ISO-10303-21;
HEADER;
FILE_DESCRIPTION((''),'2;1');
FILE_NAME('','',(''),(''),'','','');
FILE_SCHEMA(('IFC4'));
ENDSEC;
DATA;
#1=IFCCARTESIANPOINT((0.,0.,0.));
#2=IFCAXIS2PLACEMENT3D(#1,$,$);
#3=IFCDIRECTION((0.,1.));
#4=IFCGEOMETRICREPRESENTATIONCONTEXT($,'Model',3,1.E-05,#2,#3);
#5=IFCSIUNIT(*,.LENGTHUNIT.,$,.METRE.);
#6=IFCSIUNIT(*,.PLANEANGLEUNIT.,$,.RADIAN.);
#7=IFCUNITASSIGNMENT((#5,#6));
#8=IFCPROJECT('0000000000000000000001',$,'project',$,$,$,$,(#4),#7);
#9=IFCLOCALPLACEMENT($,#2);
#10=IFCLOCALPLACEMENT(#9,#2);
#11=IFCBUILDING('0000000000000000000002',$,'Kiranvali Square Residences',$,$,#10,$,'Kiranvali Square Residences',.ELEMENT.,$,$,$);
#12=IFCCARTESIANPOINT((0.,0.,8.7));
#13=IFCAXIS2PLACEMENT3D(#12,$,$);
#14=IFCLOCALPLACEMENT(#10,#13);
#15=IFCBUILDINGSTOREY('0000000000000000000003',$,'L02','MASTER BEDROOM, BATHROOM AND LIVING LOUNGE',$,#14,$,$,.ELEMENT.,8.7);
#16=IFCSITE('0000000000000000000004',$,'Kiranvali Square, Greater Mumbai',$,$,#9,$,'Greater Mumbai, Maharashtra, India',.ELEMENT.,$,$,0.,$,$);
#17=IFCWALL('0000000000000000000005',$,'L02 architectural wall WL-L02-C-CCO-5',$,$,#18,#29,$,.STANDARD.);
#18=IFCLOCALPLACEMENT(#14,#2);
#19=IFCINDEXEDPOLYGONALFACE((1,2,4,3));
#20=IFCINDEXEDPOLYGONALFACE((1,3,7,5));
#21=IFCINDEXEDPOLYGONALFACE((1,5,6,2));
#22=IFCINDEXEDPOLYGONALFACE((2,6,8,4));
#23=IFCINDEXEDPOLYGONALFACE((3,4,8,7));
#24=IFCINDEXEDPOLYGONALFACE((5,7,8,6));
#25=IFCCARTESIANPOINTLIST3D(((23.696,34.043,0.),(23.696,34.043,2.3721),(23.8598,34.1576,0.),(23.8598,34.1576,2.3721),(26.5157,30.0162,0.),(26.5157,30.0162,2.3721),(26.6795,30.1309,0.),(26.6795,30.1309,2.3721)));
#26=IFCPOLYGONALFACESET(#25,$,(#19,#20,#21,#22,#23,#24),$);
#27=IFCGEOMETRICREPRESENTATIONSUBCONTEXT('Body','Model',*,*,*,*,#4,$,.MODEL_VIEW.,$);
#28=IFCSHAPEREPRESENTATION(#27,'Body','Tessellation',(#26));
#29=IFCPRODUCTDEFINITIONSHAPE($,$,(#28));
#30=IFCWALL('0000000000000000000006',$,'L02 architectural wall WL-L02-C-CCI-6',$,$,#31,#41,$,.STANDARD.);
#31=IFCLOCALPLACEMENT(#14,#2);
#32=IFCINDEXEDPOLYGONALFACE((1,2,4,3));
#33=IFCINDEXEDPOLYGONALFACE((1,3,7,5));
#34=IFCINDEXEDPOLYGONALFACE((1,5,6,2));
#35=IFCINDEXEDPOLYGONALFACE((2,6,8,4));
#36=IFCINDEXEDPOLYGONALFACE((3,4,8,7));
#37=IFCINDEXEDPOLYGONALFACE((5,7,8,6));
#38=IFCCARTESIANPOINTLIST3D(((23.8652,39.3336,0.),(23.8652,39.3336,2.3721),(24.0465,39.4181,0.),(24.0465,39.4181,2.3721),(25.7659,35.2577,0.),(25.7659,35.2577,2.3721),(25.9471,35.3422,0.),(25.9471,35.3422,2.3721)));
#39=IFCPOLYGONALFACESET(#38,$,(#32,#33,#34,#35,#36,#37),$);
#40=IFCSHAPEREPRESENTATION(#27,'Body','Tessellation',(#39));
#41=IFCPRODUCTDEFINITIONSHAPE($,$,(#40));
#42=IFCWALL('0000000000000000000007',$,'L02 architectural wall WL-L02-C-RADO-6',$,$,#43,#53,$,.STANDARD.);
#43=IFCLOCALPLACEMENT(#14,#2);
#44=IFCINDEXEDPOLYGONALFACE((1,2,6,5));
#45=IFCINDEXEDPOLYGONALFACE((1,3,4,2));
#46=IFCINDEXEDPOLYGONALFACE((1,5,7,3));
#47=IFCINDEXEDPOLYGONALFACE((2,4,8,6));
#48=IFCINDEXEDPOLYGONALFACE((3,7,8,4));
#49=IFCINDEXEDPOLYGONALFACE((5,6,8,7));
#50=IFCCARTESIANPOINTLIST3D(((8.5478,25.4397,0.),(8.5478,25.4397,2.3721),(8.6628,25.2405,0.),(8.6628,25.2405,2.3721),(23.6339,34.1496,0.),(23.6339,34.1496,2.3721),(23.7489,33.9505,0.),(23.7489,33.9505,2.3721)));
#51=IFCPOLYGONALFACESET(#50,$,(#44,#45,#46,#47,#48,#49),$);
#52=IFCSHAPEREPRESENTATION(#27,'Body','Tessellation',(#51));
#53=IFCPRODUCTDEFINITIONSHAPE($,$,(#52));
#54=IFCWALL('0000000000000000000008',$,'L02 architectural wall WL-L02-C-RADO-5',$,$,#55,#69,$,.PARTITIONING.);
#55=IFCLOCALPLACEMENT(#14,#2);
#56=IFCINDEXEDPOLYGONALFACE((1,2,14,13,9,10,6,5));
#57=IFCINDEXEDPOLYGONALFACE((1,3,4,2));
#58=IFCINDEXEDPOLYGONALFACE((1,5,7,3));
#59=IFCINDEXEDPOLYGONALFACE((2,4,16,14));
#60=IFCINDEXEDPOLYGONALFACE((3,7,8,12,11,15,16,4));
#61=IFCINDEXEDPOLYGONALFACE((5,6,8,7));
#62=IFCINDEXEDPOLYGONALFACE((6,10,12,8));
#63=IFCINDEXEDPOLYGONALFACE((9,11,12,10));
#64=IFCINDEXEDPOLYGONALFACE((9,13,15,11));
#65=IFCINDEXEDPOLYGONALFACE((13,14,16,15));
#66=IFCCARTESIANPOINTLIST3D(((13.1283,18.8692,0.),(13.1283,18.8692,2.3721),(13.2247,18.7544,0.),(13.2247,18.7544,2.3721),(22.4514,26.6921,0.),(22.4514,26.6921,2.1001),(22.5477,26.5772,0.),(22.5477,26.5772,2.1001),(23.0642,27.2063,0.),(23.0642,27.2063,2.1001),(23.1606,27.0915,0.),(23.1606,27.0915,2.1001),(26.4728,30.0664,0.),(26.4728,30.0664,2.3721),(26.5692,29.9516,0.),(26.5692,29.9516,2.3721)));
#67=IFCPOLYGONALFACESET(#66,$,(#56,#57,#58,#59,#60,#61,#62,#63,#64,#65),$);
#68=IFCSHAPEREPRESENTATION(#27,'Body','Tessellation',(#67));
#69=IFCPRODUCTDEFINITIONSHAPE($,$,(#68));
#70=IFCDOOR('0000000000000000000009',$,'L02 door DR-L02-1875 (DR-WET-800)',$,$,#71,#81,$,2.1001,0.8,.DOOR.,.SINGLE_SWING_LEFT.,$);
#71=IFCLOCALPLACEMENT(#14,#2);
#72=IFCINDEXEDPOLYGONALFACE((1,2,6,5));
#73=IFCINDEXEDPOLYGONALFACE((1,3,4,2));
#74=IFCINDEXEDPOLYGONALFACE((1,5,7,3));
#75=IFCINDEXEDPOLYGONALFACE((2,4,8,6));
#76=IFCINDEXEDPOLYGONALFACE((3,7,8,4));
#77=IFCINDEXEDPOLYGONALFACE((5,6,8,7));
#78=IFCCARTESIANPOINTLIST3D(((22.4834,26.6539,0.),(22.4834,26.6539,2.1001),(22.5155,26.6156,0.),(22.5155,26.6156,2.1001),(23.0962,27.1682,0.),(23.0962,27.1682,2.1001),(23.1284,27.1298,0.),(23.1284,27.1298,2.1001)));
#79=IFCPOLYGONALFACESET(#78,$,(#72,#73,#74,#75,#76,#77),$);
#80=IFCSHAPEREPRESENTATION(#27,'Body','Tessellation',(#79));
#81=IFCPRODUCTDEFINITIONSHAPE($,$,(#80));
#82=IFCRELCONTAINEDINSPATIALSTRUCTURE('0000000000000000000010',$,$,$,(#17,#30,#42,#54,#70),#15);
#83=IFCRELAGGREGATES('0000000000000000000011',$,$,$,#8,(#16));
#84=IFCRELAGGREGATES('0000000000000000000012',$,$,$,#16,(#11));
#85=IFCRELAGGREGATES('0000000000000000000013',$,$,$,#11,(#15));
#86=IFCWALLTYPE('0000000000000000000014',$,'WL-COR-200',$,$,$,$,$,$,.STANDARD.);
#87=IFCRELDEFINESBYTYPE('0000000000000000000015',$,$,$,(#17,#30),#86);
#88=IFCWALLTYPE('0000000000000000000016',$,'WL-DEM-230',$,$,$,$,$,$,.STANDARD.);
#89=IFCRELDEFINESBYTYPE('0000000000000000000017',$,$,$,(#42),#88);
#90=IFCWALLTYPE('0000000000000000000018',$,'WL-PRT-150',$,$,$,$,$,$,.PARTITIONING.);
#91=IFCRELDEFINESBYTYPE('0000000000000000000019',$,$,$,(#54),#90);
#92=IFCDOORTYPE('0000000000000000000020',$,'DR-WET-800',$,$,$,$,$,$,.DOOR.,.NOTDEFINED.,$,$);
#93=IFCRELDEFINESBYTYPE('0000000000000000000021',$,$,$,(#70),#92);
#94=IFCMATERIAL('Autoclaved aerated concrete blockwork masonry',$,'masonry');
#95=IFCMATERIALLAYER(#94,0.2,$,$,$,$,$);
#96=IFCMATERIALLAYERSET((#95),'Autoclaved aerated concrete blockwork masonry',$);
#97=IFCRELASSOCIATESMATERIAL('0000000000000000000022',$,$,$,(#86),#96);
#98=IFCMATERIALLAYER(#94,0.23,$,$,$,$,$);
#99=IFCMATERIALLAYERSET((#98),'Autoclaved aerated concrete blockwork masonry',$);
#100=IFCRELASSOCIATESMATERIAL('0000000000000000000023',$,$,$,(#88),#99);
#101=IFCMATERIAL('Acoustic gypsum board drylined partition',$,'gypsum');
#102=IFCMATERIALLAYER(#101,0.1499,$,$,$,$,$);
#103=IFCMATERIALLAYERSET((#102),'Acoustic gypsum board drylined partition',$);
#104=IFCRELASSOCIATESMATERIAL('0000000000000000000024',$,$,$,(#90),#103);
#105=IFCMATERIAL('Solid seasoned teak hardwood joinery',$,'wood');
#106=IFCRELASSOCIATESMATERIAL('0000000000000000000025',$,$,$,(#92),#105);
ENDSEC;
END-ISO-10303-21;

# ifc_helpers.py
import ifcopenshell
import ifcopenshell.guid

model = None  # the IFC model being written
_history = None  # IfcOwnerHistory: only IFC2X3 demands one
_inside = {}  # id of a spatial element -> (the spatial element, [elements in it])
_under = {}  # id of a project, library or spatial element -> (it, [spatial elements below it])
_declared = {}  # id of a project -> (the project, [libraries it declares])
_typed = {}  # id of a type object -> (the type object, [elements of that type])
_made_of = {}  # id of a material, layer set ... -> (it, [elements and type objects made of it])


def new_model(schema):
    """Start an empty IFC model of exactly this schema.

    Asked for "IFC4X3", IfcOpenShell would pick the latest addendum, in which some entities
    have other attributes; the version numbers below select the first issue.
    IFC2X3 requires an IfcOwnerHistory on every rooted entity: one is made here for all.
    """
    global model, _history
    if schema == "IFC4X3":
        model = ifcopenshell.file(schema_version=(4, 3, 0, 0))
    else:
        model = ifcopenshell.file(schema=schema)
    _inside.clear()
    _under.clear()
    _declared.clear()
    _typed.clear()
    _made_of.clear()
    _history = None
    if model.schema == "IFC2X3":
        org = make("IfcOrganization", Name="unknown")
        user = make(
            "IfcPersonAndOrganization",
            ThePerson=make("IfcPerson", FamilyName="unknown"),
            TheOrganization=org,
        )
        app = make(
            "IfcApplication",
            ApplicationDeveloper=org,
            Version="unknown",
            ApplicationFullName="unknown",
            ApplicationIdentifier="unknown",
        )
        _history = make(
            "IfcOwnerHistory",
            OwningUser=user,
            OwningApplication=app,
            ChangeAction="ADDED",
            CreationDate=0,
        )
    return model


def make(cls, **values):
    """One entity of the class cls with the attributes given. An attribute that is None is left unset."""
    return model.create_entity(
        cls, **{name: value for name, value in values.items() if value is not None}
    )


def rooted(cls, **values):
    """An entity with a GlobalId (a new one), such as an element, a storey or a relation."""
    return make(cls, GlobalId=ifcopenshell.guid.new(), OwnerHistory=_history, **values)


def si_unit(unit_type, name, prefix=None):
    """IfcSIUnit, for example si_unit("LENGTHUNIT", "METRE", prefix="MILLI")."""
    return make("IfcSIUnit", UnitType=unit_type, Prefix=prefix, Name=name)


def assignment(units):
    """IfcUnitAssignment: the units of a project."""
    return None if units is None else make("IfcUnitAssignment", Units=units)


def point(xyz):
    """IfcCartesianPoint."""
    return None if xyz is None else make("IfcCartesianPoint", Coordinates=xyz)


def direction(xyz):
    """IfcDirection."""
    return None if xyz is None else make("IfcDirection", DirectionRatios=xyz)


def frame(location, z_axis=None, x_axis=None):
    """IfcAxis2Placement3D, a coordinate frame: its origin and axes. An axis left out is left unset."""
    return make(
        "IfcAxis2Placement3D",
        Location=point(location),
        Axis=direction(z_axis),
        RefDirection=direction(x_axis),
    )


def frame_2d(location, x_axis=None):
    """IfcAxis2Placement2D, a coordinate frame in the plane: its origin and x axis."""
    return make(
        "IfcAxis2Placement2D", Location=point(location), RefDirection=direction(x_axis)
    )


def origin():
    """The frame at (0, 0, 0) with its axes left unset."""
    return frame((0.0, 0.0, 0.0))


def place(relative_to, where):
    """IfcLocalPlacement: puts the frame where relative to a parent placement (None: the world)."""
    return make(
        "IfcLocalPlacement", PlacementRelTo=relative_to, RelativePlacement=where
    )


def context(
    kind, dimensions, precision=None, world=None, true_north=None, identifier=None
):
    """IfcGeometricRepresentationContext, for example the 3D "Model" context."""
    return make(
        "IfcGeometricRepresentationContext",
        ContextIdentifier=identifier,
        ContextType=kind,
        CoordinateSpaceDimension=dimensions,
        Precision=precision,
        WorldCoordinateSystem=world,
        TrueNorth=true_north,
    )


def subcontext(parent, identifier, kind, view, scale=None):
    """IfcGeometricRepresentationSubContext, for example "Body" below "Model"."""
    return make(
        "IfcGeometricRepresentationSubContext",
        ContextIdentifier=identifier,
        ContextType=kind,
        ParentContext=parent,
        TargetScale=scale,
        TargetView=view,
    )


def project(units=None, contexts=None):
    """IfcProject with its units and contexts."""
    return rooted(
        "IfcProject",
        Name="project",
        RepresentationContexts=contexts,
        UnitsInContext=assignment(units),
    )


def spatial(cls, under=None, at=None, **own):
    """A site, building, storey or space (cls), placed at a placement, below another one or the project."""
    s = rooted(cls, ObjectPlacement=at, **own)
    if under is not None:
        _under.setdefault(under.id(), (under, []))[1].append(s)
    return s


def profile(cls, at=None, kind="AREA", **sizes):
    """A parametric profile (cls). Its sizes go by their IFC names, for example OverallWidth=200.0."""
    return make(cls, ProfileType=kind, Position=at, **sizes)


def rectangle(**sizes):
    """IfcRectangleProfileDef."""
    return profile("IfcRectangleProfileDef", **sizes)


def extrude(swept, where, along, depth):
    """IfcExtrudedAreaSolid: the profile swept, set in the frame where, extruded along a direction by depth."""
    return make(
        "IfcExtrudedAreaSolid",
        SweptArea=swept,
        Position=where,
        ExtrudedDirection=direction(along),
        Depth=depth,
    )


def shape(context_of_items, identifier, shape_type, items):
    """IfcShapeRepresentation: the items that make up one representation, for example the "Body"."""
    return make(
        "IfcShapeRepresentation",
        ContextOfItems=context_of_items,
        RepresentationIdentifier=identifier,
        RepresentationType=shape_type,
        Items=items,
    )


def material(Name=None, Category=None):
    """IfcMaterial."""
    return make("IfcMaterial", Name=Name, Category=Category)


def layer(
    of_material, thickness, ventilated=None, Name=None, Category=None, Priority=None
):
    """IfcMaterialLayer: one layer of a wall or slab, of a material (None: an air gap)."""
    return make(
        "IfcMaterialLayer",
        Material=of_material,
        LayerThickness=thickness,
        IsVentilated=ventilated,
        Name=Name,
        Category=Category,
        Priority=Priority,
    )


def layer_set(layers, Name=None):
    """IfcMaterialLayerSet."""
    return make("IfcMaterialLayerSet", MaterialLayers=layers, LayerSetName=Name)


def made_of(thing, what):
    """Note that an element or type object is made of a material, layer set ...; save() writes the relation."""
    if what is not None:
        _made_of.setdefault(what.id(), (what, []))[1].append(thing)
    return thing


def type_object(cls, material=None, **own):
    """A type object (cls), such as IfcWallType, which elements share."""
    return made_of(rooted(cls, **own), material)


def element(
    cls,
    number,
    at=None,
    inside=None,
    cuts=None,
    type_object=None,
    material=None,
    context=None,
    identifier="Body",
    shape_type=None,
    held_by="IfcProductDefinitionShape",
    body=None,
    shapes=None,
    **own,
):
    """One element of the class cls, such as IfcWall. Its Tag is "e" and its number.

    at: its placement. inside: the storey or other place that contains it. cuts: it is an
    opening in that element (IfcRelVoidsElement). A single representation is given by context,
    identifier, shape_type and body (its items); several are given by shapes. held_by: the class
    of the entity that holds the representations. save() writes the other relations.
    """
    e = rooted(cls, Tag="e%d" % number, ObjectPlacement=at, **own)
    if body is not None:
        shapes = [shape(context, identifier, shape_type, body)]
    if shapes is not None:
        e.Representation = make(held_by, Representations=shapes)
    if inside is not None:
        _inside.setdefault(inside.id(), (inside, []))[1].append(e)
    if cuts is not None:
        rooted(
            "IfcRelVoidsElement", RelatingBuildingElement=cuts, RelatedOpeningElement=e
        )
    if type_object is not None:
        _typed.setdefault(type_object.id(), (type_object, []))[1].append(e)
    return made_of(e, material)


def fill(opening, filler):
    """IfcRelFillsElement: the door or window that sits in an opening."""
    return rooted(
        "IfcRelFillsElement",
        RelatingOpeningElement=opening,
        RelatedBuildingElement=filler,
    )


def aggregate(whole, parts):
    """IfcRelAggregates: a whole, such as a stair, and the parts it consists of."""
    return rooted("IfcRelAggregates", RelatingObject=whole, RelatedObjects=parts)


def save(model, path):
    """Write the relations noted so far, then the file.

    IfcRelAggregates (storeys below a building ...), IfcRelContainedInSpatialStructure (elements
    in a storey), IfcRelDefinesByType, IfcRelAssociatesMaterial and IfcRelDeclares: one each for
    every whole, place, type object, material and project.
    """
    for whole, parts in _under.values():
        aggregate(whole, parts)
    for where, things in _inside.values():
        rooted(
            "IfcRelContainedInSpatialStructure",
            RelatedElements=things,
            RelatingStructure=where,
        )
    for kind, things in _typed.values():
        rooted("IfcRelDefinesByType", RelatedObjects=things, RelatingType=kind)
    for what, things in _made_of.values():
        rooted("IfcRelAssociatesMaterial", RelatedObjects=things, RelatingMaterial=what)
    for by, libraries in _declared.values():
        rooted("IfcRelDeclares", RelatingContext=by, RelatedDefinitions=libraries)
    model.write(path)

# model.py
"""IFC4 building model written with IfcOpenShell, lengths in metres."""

from ifc_helpers import new_model, si_unit, direction, frame, frame_2d, origin, place, context, subcontext, project, spatial, rectangle, extrude, material, layer, layer_set, type_object, element, fill, save


model = new_model("IFC4")

# Units and contexts
model_context = context("Model", 3, precision=1e-05, world=origin(), true_north=direction((0.0, 1.0)))
body_context = subcontext(model_context, "Body", "Model", "MODEL_VIEW")
ifc_project = project(units=[si_unit("LENGTHUNIT", "METRE"), si_unit("PLANEANGLEUNIT", "RADIAN")], contexts=[model_context])

# Site, building, storey
site_placement = place(None, origin())
site = spatial("IfcSite", under=ifc_project, at=site_placement, Name="Kiranvali Square, Greater Mumbai", LongName="Greater Mumbai, Maharashtra, India", CompositionType="ELEMENT", RefElevation=0.0)
building_placement = place(site_placement, origin())
building = spatial("IfcBuilding", under=site, at=building_placement, Name="Kiranvali Square Residences", LongName="Kiranvali Square Residences", CompositionType="ELEMENT")
storey_placement = place(building_placement, frame((0.0, 0.0, 8.7)))
storey = spatial("IfcBuildingStorey", under=building, at=storey_placement, Name="L02", Description="MASTER BEDROOM, BATHROOM AND LIVING LOUNGE", CompositionType="ELEMENT", Elevation=8.7)

# Shared definitions
ifc_material_1 = material(Name="Autoclaved aerated concrete blockwork masonry", Category="masonry")
ifc_layer_1 = layer(ifc_material_1, 0.2)
ifc_layer_set_1 = layer_set([ifc_layer_1], Name="Autoclaved aerated concrete blockwork masonry")
wall_type_1 = type_object("IfcWallType", Name="WL-COR-200", PredefinedType="STANDARD", material=ifc_layer_set_1)

# Walls
wall_1_placement = place(storey_placement, frame((26.5977, 30.0735, 0.0), z_axis=(0.0, 0.0, 1.0), x_axis=(-0.573592, 0.819141, 0.0)))
element("IfcWall", 1, at=wall_1_placement, inside=storey, type_object=wall_type_1, Name="L02 architectural wall WL-L02-C-CCO-5", PredefinedType="STANDARD", context=body_context, shape_type="SweptSolid", body=[
    extrude(rectangle(XDim=4.9158, YDim=0.2, at=frame_2d((2.458, 0.0))), origin(), (0.0, 0.0, 1.0), 2.3721),
])
wall_2_placement = place(storey_placement, frame((25.8564, 35.3, 0.0), z_axis=(0.0, 0.0, 1.0), x_axis=(-0.422618, 0.906308, 0.0)))
element("IfcWall", 2, at=wall_2_placement, inside=storey, type_object=wall_type_1, Name="L02 architectural wall WL-L02-C-CCI-6", PredefinedType="STANDARD", context=body_context, shape_type="SweptSolid", body=[
    extrude(rectangle(XDim=4.4973, YDim=0.2, at=frame_2d((2.2485, 0.0))), origin(), (0.0, 0.0, 1.0), 2.3721),
])

# Wall
ifc_layer_2 = layer(ifc_material_1, 0.23)
ifc_layer_set_2 = layer_set([ifc_layer_2], Name="Autoclaved aerated concrete blockwork masonry")
wall_type_2 = type_object("IfcWallType", Name="WL-DEM-230", PredefinedType="STANDARD", material=ifc_layer_set_2)
wall_3_placement = place(storey_placement, frame((23.6914, 34.05, 0.0), z_axis=(0.0, 0.0, 1.0), x_axis=(-0.866027, -0.499998, 0.0)))
element("IfcWall", 3, at=wall_3_placement, inside=storey, type_object=wall_type_2, Name="L02 architectural wall WL-L02-C-RADO-6", PredefinedType="STANDARD", context=body_context, shape_type="SweptSolid", body=[
    extrude(rectangle(XDim=17.4199, YDim=0.23, at=frame_2d((8.71, 0.0))), origin(), (0.0, 0.0, 1.0), 2.3721),
])

# Wall, opening, door
ifc_material_2 = material(Name="Acoustic gypsum board drylined partition", Category="gypsum")
ifc_layer_3 = layer(ifc_material_2, 0.1499)
ifc_layer_set_3 = layer_set([ifc_layer_3], Name="Acoustic gypsum board drylined partition")
wall_type_3 = type_object("IfcWallType", Name="WL-PRT-150", PredefinedType="PARTITIONING", material=ifc_layer_set_3)
wall_4_placement = place(storey_placement, frame((26.521, 30.009, 0.0), z_axis=(0.0, 0.0, 1.0), x_axis=(-0.766047, -0.642785, 0.0)))
wall_4 = element("IfcWall", 4, at=wall_4_placement, inside=storey, type_object=wall_type_3, Name="L02 architectural wall WL-L02-C-RADO-5", PredefinedType="PARTITIONING", context=body_context, shape_type="SweptSolid", body=[
    extrude(rectangle(XDim=17.4199, YDim=0.1499, at=frame_2d((8.71, 0.0))), origin(), (0.0, 0.0, 1.0), 2.3721),
])
opening_1_placement = place(wall_4_placement, frame((4.4497, 0.0, 0.0)))
opening_1 = element("IfcOpeningElement", 5, at=opening_1_placement, cuts=wall_4, PredefinedType="OPENING", context=body_context, shape_type="SweptSolid", body=[
    extrude(rectangle(XDim=0.8, YDim=2.1001, at=frame_2d((0.3999, 1.05))), frame((0.0, 0.085, 0.0), z_axis=(0.0, -1.0, 0.0), x_axis=(1.0, 0.0, 0.0)), (0.0, 0.0, 1.0), 0.1699),
])
ifc_material_3 = material(Name="Solid seasoned teak hardwood joinery", Category="wood")
door_type_1 = type_object("IfcDoorType", Name="DR-WET-800", OperationType="NOTDEFINED", PredefinedType="DOOR", material=ifc_material_3)
door_1_placement = place(opening_1_placement, origin())
door_1 = element("IfcDoor", 6, at=door_1_placement, inside=storey, type_object=door_type_1, Name="L02 door DR-L02-1875 (DR-WET-800)", OperationType="SINGLE_SWING_LEFT", OverallHeight=2.1001, OverallWidth=0.8, PredefinedType="DOOR", context=body_context, shape_type="SweptSolid", body=[
    extrude(rectangle(XDim=0.8, YDim=2.1001, at=frame_2d((0.3999, 1.05))), frame((0.0, 0.0249, 0.0), z_axis=(0.0, -1.0, 0.0), x_axis=(1.0, 0.0, 0.0)), (0.0, 0.0, 1.0), 0.05),
])
fill(opening_1, door_1)

save(model, "model.ifc")
